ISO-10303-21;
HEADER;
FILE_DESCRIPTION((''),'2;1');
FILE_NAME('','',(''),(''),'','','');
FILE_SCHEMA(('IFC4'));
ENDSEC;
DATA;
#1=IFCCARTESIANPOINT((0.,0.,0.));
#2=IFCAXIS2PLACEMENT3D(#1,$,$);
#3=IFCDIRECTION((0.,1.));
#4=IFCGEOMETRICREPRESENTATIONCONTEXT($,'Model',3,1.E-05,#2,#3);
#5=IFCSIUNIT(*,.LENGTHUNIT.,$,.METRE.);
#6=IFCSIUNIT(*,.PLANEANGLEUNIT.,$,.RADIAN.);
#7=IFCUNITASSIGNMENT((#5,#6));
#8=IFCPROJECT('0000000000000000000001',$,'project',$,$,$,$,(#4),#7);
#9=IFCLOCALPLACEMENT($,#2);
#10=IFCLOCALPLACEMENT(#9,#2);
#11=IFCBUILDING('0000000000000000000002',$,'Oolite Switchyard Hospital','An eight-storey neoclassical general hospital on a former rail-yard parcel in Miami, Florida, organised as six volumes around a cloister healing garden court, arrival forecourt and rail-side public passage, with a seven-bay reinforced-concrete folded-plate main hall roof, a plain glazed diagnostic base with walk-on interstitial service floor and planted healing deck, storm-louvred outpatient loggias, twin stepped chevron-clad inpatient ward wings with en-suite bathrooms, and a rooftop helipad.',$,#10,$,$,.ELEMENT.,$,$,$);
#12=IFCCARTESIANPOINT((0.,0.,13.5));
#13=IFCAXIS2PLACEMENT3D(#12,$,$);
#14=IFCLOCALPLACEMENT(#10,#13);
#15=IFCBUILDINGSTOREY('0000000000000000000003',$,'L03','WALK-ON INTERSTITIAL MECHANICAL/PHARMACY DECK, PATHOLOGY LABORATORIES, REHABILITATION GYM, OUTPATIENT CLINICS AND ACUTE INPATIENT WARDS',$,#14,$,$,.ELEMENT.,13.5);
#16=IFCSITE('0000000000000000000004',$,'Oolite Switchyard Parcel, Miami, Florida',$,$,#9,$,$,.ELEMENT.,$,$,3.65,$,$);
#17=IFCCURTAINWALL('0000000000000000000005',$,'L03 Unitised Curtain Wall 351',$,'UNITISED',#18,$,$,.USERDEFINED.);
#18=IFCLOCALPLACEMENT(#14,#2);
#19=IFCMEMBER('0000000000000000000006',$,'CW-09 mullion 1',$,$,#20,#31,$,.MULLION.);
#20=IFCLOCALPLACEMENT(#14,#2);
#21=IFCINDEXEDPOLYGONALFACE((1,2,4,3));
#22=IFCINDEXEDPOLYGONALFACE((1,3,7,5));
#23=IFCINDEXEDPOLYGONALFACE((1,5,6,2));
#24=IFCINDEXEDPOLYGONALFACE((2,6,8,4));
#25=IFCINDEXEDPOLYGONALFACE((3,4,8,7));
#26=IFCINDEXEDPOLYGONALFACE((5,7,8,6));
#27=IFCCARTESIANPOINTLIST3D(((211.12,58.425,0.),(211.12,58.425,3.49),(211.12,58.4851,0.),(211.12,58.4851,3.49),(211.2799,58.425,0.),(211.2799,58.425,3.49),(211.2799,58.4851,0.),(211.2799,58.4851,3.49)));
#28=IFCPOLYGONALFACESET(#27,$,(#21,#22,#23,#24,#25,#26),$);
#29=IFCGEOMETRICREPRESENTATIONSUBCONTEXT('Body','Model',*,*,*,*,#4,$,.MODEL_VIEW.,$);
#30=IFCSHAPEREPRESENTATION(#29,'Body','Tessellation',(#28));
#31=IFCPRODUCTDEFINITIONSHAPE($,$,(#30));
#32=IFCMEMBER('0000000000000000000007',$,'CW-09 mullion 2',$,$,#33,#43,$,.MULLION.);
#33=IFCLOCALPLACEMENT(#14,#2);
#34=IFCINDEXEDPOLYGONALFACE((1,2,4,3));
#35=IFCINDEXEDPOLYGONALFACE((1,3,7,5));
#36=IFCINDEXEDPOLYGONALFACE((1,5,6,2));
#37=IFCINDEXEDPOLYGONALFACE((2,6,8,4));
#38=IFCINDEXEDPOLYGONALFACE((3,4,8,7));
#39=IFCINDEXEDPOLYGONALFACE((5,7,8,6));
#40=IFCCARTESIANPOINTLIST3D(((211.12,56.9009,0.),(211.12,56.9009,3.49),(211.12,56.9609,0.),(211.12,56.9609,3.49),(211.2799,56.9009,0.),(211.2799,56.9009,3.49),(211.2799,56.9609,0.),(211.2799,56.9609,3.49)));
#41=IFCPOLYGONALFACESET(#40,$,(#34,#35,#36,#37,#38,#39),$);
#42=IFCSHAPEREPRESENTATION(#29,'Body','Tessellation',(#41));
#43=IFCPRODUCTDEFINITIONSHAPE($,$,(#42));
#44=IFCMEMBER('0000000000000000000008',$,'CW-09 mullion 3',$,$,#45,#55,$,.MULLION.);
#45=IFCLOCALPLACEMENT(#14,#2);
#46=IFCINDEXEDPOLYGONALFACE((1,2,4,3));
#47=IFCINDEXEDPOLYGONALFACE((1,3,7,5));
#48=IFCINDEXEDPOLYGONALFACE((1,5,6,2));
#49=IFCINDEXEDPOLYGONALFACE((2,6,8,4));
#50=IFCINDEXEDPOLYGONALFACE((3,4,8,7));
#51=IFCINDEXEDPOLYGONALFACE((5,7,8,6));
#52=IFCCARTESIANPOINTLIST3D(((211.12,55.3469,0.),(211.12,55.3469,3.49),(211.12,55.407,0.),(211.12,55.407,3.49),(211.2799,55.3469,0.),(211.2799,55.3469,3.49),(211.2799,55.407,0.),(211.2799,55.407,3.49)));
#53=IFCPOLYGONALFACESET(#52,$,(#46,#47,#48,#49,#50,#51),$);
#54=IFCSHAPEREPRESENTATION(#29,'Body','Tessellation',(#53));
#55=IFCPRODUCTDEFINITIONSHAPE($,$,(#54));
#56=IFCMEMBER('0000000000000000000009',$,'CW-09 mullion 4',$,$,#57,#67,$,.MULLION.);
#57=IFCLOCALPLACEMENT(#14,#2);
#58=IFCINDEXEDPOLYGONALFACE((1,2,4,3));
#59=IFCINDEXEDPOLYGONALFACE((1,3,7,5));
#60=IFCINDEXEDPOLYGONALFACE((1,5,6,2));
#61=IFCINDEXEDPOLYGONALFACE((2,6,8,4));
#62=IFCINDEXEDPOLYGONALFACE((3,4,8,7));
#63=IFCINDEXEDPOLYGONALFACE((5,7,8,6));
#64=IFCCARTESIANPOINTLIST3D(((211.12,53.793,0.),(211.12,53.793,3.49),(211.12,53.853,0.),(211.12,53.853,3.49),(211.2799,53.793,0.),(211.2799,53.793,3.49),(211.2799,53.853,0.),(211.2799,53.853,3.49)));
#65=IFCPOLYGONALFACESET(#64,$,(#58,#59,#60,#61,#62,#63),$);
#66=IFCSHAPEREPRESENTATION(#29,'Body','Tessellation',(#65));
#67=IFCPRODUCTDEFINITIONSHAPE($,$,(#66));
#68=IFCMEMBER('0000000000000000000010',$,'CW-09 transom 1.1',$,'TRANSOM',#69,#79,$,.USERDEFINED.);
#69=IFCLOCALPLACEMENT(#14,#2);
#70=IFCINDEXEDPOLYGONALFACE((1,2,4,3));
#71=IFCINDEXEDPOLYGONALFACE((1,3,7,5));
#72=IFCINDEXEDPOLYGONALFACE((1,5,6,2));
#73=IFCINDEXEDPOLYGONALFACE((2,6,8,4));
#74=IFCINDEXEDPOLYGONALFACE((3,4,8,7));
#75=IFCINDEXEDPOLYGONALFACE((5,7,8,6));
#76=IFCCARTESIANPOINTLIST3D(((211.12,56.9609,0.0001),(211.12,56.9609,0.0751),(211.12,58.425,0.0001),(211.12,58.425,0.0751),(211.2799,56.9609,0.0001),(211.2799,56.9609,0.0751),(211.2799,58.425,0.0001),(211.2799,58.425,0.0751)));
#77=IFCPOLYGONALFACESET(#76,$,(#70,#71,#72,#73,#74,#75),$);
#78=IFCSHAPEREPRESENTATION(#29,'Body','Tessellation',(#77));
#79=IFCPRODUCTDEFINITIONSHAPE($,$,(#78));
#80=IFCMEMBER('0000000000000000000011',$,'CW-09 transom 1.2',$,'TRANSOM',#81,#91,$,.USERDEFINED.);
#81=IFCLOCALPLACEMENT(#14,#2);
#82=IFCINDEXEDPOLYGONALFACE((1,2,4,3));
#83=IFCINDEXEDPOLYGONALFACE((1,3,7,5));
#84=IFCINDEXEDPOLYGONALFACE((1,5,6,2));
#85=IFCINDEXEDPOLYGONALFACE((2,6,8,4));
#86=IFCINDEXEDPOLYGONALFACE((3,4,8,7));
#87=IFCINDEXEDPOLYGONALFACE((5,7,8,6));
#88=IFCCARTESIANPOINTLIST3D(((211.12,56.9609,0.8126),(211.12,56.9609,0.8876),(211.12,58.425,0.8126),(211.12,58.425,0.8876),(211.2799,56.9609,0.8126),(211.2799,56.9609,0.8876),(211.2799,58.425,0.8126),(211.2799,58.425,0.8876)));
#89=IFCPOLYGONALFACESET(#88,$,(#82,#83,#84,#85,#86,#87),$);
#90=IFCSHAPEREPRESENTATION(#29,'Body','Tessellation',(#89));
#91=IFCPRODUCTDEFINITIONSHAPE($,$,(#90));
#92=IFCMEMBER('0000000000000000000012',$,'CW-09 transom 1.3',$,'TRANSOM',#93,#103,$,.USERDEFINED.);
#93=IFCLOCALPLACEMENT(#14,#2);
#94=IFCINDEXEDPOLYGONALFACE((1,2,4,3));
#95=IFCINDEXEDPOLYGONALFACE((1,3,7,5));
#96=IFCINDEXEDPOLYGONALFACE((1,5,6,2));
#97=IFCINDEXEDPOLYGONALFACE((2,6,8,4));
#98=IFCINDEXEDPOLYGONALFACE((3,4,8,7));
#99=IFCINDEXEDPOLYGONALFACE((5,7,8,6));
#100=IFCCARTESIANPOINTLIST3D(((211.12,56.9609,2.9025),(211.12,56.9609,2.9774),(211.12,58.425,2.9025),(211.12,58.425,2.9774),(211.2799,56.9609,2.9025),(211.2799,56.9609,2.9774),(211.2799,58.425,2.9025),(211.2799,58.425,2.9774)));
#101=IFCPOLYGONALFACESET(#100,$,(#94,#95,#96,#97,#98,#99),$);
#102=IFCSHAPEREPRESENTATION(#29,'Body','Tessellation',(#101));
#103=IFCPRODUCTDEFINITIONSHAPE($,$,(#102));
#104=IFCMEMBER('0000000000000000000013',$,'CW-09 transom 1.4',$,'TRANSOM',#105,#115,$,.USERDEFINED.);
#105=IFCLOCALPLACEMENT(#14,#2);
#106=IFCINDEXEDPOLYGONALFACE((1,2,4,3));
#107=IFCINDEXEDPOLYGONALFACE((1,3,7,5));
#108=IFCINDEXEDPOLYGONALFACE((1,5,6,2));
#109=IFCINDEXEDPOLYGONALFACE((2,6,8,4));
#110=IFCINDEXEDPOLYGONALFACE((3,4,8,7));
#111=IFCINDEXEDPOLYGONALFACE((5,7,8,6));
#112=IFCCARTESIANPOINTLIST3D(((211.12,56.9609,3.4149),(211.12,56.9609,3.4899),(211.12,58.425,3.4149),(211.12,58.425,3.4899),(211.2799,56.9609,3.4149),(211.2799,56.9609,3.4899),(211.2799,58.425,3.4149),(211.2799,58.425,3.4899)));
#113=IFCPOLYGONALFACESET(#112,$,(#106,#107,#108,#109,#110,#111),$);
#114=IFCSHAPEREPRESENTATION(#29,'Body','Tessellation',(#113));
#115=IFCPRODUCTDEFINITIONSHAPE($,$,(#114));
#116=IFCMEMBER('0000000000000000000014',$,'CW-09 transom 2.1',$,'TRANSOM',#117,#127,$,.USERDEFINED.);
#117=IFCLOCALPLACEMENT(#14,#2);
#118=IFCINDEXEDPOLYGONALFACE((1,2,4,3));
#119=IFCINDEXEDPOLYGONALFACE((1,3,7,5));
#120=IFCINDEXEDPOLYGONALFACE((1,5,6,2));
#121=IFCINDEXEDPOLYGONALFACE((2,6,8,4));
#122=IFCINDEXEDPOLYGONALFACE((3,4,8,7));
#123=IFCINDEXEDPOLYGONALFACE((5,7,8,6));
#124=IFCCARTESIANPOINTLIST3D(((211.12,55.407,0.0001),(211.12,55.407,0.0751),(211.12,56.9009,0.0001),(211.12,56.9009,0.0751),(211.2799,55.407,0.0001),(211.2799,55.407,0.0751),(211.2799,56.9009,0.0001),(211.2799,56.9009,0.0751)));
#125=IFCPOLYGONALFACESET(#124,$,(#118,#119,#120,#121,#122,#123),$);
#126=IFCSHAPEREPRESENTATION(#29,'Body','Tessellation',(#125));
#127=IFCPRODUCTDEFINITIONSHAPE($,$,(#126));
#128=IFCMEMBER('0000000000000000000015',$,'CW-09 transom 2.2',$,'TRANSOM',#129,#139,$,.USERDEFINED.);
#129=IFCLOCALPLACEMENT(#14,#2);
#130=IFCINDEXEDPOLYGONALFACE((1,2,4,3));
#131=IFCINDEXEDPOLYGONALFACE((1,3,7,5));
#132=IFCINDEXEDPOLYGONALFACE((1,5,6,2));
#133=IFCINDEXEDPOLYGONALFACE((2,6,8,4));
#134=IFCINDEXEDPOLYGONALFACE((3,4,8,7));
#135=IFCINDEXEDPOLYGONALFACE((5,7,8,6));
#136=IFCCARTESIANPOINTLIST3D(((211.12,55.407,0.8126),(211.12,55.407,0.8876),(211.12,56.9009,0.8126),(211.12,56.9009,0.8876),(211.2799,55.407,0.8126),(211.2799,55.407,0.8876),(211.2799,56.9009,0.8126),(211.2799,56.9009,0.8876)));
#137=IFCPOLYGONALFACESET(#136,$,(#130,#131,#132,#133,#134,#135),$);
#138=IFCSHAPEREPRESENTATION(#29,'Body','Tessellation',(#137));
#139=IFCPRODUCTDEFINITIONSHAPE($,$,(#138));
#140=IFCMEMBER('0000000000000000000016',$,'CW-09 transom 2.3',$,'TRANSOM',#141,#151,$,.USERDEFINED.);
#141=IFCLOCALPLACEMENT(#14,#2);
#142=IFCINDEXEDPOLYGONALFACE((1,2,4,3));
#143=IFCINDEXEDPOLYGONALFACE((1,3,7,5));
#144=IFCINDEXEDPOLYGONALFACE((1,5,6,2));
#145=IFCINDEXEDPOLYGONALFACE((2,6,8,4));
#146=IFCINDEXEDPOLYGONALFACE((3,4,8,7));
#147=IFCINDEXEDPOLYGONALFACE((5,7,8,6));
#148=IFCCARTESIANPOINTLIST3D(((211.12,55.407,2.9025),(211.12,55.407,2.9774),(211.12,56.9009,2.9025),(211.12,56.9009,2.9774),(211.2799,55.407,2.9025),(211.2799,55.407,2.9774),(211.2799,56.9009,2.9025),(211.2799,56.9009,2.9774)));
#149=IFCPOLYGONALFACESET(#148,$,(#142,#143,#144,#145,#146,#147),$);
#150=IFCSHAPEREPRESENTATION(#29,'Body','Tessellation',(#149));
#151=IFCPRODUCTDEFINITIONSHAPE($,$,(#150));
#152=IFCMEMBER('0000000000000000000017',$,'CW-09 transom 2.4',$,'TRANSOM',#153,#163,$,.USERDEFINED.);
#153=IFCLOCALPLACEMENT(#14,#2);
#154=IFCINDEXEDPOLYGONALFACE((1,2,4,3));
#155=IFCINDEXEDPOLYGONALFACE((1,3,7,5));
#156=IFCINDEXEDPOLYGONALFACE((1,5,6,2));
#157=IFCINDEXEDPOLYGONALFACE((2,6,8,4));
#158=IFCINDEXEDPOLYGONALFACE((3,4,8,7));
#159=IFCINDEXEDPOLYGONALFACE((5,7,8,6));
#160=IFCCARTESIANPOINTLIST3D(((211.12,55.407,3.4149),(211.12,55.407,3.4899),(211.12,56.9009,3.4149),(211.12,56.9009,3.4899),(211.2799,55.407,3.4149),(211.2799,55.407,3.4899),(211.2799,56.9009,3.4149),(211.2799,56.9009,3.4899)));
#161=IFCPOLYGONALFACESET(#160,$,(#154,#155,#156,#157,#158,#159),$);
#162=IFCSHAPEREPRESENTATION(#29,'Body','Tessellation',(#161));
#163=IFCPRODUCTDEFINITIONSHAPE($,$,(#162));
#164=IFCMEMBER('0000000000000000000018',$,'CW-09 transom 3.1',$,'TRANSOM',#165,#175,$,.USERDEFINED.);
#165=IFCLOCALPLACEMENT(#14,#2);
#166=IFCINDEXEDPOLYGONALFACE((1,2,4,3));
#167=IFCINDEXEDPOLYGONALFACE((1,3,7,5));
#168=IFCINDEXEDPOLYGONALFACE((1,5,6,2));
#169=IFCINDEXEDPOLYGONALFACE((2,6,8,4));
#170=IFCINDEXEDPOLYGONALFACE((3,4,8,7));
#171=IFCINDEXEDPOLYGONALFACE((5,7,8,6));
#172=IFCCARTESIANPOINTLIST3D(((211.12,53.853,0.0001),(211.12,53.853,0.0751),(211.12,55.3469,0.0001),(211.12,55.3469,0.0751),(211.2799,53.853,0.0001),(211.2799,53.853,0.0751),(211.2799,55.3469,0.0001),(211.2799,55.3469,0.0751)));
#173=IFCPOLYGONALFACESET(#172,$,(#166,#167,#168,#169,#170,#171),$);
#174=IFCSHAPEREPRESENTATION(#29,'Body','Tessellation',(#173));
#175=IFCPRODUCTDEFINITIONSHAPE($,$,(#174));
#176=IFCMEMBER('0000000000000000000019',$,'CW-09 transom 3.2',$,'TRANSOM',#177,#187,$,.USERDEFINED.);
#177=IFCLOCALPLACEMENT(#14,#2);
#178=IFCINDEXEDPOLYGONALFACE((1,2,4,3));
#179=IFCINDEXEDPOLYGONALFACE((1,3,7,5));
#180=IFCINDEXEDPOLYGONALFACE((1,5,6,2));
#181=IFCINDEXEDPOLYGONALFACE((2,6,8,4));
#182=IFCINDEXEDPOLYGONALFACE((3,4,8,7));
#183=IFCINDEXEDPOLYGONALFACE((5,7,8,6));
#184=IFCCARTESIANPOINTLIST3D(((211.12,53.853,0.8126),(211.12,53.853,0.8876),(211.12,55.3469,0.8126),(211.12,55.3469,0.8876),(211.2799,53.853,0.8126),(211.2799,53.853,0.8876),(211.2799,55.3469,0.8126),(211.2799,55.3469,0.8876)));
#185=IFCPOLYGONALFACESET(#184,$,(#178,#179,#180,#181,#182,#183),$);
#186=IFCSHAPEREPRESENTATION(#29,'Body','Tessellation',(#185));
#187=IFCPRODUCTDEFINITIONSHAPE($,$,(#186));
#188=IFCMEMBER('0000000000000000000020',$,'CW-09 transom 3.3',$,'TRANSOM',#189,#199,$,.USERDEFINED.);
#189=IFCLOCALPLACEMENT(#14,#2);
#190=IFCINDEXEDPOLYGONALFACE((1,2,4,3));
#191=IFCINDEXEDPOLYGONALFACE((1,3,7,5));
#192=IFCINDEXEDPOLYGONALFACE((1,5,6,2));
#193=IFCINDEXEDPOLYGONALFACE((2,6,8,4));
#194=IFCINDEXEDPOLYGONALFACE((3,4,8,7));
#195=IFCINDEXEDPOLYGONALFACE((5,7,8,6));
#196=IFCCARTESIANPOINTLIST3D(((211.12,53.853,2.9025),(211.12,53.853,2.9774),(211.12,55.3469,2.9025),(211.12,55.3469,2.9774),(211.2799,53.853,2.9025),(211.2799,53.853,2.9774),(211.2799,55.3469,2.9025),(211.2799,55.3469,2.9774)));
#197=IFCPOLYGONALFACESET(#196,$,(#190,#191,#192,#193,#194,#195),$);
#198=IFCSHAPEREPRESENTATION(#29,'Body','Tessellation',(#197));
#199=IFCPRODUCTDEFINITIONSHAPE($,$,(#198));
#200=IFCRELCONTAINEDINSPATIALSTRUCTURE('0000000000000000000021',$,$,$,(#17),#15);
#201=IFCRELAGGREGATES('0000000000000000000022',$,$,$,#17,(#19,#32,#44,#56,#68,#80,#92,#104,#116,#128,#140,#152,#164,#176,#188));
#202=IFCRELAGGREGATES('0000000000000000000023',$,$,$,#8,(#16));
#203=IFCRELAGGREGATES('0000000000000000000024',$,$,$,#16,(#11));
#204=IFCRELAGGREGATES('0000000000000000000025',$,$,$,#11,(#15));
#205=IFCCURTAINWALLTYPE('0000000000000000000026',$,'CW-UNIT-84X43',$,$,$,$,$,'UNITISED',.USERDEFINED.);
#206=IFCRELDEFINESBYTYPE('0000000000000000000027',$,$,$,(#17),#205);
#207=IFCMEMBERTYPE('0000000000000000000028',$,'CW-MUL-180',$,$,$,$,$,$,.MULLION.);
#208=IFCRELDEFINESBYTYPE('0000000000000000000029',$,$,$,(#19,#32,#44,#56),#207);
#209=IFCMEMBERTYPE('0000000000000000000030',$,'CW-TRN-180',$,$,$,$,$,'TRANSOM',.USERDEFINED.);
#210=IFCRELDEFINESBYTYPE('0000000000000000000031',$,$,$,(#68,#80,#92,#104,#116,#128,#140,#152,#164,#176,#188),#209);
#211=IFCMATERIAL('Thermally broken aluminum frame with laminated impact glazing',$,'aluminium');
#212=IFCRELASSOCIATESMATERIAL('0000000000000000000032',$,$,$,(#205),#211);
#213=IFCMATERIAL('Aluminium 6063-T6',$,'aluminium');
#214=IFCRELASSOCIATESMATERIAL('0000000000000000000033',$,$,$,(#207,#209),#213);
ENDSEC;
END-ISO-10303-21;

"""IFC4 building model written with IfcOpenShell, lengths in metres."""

from ifc_helpers import new_model, si_unit, direction, frame, origin, origin_2d, place, context, subcontext, project, spatial, rectangle, extrude, material, material_profile, profile_set, type_object, element, aggregate, save


model = new_model("IFC4")

# Units and contexts
model_context = context("Model", 3, precision=1e-05, world=origin(), true_north=direction((0.0, 1.0)))
body_context = subcontext(model_context, "Body", "Model", "MODEL_VIEW")
ifc_project = project(units=[si_unit("LENGTHUNIT", "METRE"), si_unit("PLANEANGLEUNIT", "RADIAN")], contexts=[model_context])

# Site, building, storey
site_placement = place(None, origin())
site = spatial("IfcSite", under=ifc_project, at=site_placement, Name="Oolite Switchyard Parcel, Miami, Florida", CompositionType="ELEMENT", RefElevation=3.65)
building_placement = place(site_placement, origin())
building = spatial("IfcBuilding", under=site, at=building_placement, Name="Oolite Switchyard Hospital", Description="An eight-storey neoclassical general hospital on a former rail-yard parcel in Miami, Florida, organised as six volumes around a cloister healing garden court, arrival forecourt and rail-side public passage, with a seven-bay reinforced-concrete folded-plate main hall roof, a plain glazed diagnostic base with walk-on interstitial service floor and planted healing deck, storm-louvred outpatient loggias, twin stepped chevron-clad inpatient ward wings with en-suite bathrooms, and a rooftop helipad.", CompositionType="ELEMENT")
storey_placement = place(building_placement, frame((0.0, 0.0, 13.5)))
storey = spatial("IfcBuildingStorey", under=building, at=storey_placement, Name="L03", Description="WALK-ON INTERSTITIAL MECHANICAL/PHARMACY DECK, PATHOLOGY LABORATORIES, REHABILITATION GYM, OUTPATIENT CLINICS AND ACUTE INPATIENT WARDS", CompositionType="ELEMENT", Elevation=13.5)

# Curtain wall, members
ifc_material_1 = material(Name="Thermally broken aluminum frame with laminated impact glazing", Category="aluminium")
curtain_wall_type = type_object("IfcCurtainWallType", Name="CW-UNIT-84X43", ElementType="UNITISED", PredefinedType="USERDEFINED", material=ifc_material_1)
curtain_wall_placement = place(storey_placement, origin())
curtain_wall = element("IfcCurtainWall", 1, at=curtain_wall_placement, inside=storey, type_object=curtain_wall_type, Name="L03 Unitised Curtain Wall 351", ObjectType="UNITISED", PredefinedType="USERDEFINED")
ifc_material_2 = material(Name="Aluminium 6063-T6", Category="aluminium")
ifc_material_profile_1 = material_profile(ifc_material_2, rectangle(XDim=0.1599, YDim=0.0601, at=origin_2d()), Name="CWM60X160")
ifc_profile_set_1 = profile_set([ifc_material_profile_1], Name="Aluminium 6063-T6")
member_type_1 = type_object("IfcMemberType", Name="CW-MUL-180", PredefinedType="MULLION", material=ifc_profile_set_1)
member_1_placement = place(storey_placement, frame((211.2, 58.4551, 0.0), z_axis=(0.0, 0.0, 1.0), x_axis=(1.0, 0.0, 0.0)))
member_1 = element("IfcMember", 2, at=member_1_placement, type_object=member_type_1, Name="CW-09 mullion 1", PredefinedType="MULLION", context=body_context, shape_type="SweptSolid", body=[
    extrude(rectangle(XDim=0.1599, YDim=0.0601, at=origin_2d()), origin(), (0.0, 0.0, 1.0), 3.49),
])
member_2_placement = place(storey_placement, frame((211.2, 56.9309, 0.0), z_axis=(0.0, 0.0, 1.0), x_axis=(1.0, 0.0, 0.0)))
member_2 = element("IfcMember", 3, at=member_2_placement, type_object=member_type_1, Name="CW-09 mullion 2", PredefinedType="MULLION", context=body_context, shape_type="SweptSolid", body=[
    extrude(rectangle(XDim=0.1599, YDim=0.0601, at=origin_2d()), origin(), (0.0, 0.0, 1.0), 3.49),
])
member_3_placement = place(storey_placement, frame((211.2, 55.377, 0.0), z_axis=(0.0, 0.0, 1.0), x_axis=(1.0, 0.0, 0.0)))
member_3 = element("IfcMember", 4, at=member_3_placement, type_object=member_type_1, Name="CW-09 mullion 3", PredefinedType="MULLION", context=body_context, shape_type="SweptSolid", body=[
    extrude(rectangle(XDim=0.1599, YDim=0.0601, at=origin_2d()), origin(), (0.0, 0.0, 1.0), 3.49),
])
member_4_placement = place(storey_placement, frame((211.2, 53.823, 0.0), z_axis=(0.0, 0.0, 1.0), x_axis=(1.0, 0.0, 0.0)))
member_4 = element("IfcMember", 5, at=member_4_placement, type_object=member_type_1, Name="CW-09 mullion 4", PredefinedType="MULLION", context=body_context, shape_type="SweptSolid", body=[
    extrude(rectangle(XDim=0.1599, YDim=0.0601, at=origin_2d()), origin(), (0.0, 0.0, 1.0), 3.49),
])
ifc_material_profile_2 = material_profile(ifc_material_2, rectangle(XDim=0.1599, YDim=0.075, at=origin_2d()), Name="CWT75X160")
ifc_profile_set_2 = profile_set([ifc_material_profile_2], Name="Aluminium 6063-T6")
member_type_2 = type_object("IfcMemberType", Name="CW-TRN-180", ElementType="TRANSOM", PredefinedType="USERDEFINED", material=ifc_profile_set_2)
member_5_placement = place(storey_placement, frame((211.2, 58.425, 0.0376), z_axis=(0.0, -1.0, 0.0), x_axis=(1.0, 0.0, 0.0)))
member_5 = element("IfcMember", 6, at=member_5_placement, type_object=member_type_2, Name="CW-09 transom 1.1", ObjectType="TRANSOM", PredefinedType="USERDEFINED", context=body_context, shape_type="SweptSolid", body=[
    extrude(rectangle(XDim=0.1599, YDim=0.075, at=origin_2d()), origin(), (0.0, 0.0, 1.0), 1.4641),
])
member_6_placement = place(storey_placement, frame((211.2, 58.425, 0.8501), z_axis=(0.0, -1.0, 0.0), x_axis=(1.0, 0.0, 0.0)))
member_6 = element("IfcMember", 7, at=member_6_placement, type_object=member_type_2, Name="CW-09 transom 1.2", ObjectType="TRANSOM", PredefinedType="USERDEFINED", context=body_context, shape_type="SweptSolid", body=[
    extrude(rectangle(XDim=0.1599, YDim=0.075, at=origin_2d()), origin(), (0.0, 0.0, 1.0), 1.4641),
])
member_7_placement = place(storey_placement, frame((211.2, 58.425, 2.9399), z_axis=(0.0, -1.0, 0.0), x_axis=(1.0, 0.0, 0.0)))
member_7 = element("IfcMember", 8, at=member_7_placement, type_object=member_type_2, Name="CW-09 transom 1.3", ObjectType="TRANSOM", PredefinedType="USERDEFINED", context=body_context, shape_type="SweptSolid", body=[
    extrude(rectangle(XDim=0.1599, YDim=0.075, at=origin_2d()), origin(), (0.0, 0.0, 1.0), 1.4641),
])
member_8_placement = place(storey_placement, frame((211.2, 58.425, 3.4524), z_axis=(0.0, -1.0, 0.0), x_axis=(1.0, 0.0, 0.0)))
member_8 = element("IfcMember", 9, at=member_8_placement, type_object=member_type_2, Name="CW-09 transom 1.4", ObjectType="TRANSOM", PredefinedType="USERDEFINED", context=body_context, shape_type="SweptSolid", body=[
    extrude(rectangle(XDim=0.1599, YDim=0.075, at=origin_2d()), origin(), (0.0, 0.0, 1.0), 1.4641),
])
member_9_placement = place(storey_placement, frame((211.2, 56.9009, 0.0376), z_axis=(0.0, -1.0, 0.0), x_axis=(1.0, 0.0, 0.0)))
member_9 = element("IfcMember", 10, at=member_9_placement, type_object=member_type_2, Name="CW-09 transom 2.1", ObjectType="TRANSOM", PredefinedType="USERDEFINED", context=body_context, shape_type="SweptSolid", body=[
    extrude(rectangle(XDim=0.1599, YDim=0.075, at=origin_2d()), origin(), (0.0, 0.0, 1.0), 1.4939),
])
member_10_placement = place(storey_placement, frame((211.2, 56.9009, 0.8501), z_axis=(0.0, -1.0, 0.0), x_axis=(1.0, 0.0, 0.0)))
member_10 = element("IfcMember", 11, at=member_10_placement, type_object=member_type_2, Name="CW-09 transom 2.2", ObjectType="TRANSOM", PredefinedType="USERDEFINED", context=body_context, shape_type="SweptSolid", body=[
    extrude(rectangle(XDim=0.1599, YDim=0.075, at=origin_2d()), origin(), (0.0, 0.0, 1.0), 1.4939),
])
member_11_placement = place(storey_placement, frame((211.2, 56.9009, 2.9399), z_axis=(0.0, -1.0, 0.0), x_axis=(1.0, 0.0, 0.0)))
member_11 = element("IfcMember", 12, at=member_11_placement, type_object=member_type_2, Name="CW-09 transom 2.3", ObjectType="TRANSOM", PredefinedType="USERDEFINED", context=body_context, shape_type="SweptSolid", body=[
    extrude(rectangle(XDim=0.1599, YDim=0.075, at=origin_2d()), origin(), (0.0, 0.0, 1.0), 1.4939),
])
member_12_placement = place(storey_placement, frame((211.2, 56.9009, 3.4524), z_axis=(0.0, -1.0, 0.0), x_axis=(1.0, 0.0, 0.0)))
member_12 = element("IfcMember", 13, at=member_12_placement, type_object=member_type_2, Name="CW-09 transom 2.4", ObjectType="TRANSOM", PredefinedType="USERDEFINED", context=body_context, shape_type="SweptSolid", body=[
    extrude(rectangle(XDim=0.1599, YDim=0.075, at=origin_2d()), origin(), (0.0, 0.0, 1.0), 1.4939),
])
member_13_placement = place(storey_placement, frame((211.2, 55.3469, 0.0376), z_axis=(0.0, -1.0, 0.0), x_axis=(1.0, 0.0, 0.0)))
member_13 = element("IfcMember", 14, at=member_13_placement, type_object=member_type_2, Name="CW-09 transom 3.1", ObjectType="TRANSOM", PredefinedType="USERDEFINED", context=body_context, shape_type="SweptSolid", body=[
    extrude(rectangle(XDim=0.1599, YDim=0.075, at=origin_2d()), origin(), (0.0, 0.0, 1.0), 1.4939),
])
member_14_placement = place(storey_placement, frame((211.2, 55.3469, 0.8501), z_axis=(0.0, -1.0, 0.0), x_axis=(1.0, 0.0, 0.0)))
member_14 = element("IfcMember", 15, at=member_14_placement, type_object=member_type_2, Name="CW-09 transom 3.2", ObjectType="TRANSOM", PredefinedType="USERDEFINED", context=body_context, shape_type="SweptSolid", body=[
    extrude(rectangle(XDim=0.1599, YDim=0.075, at=origin_2d()), origin(), (0.0, 0.0, 1.0), 1.4939),
])
member_15_placement = place(storey_placement, frame((211.2, 55.3469, 2.9399), z_axis=(0.0, -1.0, 0.0), x_axis=(1.0, 0.0, 0.0)))
member_15 = element("IfcMember", 16, at=member_15_placement, type_object=member_type_2, Name="CW-09 transom 3.3", ObjectType="TRANSOM", PredefinedType="USERDEFINED", context=body_context, shape_type="SweptSolid", body=[
    extrude(rectangle(XDim=0.1599, YDim=0.075, at=origin_2d()), origin(), (0.0, 0.0, 1.0), 1.4939),
])
aggregate(curtain_wall, [member_1, member_2, member_3, member_4, member_5, member_6, member_7, member_8, member_9, member_10, member_11, member_12, member_13, member_14, member_15])

save(model, "model.ifc")
